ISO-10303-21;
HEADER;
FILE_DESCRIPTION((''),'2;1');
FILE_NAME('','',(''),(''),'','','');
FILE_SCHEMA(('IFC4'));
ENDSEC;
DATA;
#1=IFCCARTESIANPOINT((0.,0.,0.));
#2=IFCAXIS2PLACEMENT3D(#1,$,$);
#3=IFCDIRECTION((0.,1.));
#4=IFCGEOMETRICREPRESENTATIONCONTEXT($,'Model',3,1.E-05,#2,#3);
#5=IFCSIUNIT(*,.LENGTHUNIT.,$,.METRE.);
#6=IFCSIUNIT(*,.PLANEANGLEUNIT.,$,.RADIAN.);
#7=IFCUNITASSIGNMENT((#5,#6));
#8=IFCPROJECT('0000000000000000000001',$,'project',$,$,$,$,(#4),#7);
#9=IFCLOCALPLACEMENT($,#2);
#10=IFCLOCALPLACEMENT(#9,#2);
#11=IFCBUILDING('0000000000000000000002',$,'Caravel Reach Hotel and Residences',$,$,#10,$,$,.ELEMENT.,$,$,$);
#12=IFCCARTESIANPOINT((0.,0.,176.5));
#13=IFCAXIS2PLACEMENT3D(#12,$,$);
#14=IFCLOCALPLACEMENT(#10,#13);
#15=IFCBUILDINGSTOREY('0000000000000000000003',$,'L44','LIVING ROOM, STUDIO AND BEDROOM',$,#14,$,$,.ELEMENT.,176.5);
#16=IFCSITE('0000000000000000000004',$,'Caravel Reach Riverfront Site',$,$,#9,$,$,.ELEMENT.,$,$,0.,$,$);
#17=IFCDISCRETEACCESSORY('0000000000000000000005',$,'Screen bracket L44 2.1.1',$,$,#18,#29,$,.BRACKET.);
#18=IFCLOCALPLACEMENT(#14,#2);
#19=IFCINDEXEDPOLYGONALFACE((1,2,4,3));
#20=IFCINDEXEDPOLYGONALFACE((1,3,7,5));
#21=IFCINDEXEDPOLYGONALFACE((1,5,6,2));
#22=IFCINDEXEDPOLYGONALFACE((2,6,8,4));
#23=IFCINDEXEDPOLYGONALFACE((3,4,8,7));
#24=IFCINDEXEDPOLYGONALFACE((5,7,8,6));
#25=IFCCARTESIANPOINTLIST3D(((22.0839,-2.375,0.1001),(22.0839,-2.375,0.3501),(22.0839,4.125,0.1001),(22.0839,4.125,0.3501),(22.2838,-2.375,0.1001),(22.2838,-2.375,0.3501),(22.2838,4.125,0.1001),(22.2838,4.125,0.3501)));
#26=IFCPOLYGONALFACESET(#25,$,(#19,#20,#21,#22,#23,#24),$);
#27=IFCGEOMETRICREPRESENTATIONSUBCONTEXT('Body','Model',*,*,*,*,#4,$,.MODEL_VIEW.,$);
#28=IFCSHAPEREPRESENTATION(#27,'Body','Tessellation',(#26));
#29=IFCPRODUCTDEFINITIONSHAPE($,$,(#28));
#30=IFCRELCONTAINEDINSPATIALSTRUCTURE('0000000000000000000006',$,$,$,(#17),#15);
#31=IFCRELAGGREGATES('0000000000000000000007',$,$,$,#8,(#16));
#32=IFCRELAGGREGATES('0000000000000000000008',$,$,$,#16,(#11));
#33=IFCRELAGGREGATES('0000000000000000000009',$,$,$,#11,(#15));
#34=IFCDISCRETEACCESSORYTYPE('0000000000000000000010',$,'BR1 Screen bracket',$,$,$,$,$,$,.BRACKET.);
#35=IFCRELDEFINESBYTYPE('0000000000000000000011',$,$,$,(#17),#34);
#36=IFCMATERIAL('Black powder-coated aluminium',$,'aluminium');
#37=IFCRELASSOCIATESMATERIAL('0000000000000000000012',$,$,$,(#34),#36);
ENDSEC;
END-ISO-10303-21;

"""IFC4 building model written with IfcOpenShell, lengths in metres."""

from ifc_helpers import new_model, si_unit, direction, frame, origin, origin_2d, place, context, subcontext, project, spatial, rectangle, extrude, material, type_object, element, save


model = new_model("IFC4")

# Units and contexts
model_context = context("Model", 3, precision=1e-05, world=origin(), true_north=direction((0.0, 1.0)))
body_context = subcontext(model_context, "Body", "Model", "MODEL_VIEW")
ifc_project = project(units=[si_unit("LENGTHUNIT", "METRE"), si_unit("PLANEANGLEUNIT", "RADIAN")], contexts=[model_context])

# Site, building, storey
site_placement = place(None, origin())
site = spatial("IfcSite", under=ifc_project, at=site_placement, Name="Caravel Reach Riverfront Site", CompositionType="ELEMENT", RefElevation=0.0)
building_placement = place(site_placement, origin())
building = spatial("IfcBuilding", under=site, at=building_placement, Name="Caravel Reach Hotel and Residences", CompositionType="ELEMENT")
storey_placement = place(building_placement, frame((0.0, 0.0, 176.5)))
storey = spatial("IfcBuildingStorey", under=building, at=storey_placement, Name="L44", Description="LIVING ROOM, STUDIO AND BEDROOM", CompositionType="ELEMENT", Elevation=176.5)

# Discrete accessory
ifc_material_1 = material(Name="Black powder-coated aluminium", Category="aluminium")
discrete_accessory_type = type_object("IfcDiscreteAccessoryType", Name="BR1 Screen bracket", PredefinedType="BRACKET", material=ifc_material_1)
for number, where, z_axis, x_axis, name in (
    (1, (22.1838, 0.875, 0.1001), (0.0, 0.0, 1.0), (0.0, -1.0, 0.0), "Screen bracket L44 2.1.1"),
):
    element("IfcDiscreteAccessory", number, at=place(storey_placement, frame(where, z_axis=z_axis, x_axis=x_axis)), inside=storey, type_object=discrete_accessory_type, Name=name, PredefinedType="BRACKET", context=body_context, shape_type="SweptSolid", body=[
        extrude(rectangle(XDim=6.5, YDim=0.2, at=origin_2d()), origin(), (0.0, 0.0, 1.0), 0.25),
    ])

save(model, "model.ifc")
